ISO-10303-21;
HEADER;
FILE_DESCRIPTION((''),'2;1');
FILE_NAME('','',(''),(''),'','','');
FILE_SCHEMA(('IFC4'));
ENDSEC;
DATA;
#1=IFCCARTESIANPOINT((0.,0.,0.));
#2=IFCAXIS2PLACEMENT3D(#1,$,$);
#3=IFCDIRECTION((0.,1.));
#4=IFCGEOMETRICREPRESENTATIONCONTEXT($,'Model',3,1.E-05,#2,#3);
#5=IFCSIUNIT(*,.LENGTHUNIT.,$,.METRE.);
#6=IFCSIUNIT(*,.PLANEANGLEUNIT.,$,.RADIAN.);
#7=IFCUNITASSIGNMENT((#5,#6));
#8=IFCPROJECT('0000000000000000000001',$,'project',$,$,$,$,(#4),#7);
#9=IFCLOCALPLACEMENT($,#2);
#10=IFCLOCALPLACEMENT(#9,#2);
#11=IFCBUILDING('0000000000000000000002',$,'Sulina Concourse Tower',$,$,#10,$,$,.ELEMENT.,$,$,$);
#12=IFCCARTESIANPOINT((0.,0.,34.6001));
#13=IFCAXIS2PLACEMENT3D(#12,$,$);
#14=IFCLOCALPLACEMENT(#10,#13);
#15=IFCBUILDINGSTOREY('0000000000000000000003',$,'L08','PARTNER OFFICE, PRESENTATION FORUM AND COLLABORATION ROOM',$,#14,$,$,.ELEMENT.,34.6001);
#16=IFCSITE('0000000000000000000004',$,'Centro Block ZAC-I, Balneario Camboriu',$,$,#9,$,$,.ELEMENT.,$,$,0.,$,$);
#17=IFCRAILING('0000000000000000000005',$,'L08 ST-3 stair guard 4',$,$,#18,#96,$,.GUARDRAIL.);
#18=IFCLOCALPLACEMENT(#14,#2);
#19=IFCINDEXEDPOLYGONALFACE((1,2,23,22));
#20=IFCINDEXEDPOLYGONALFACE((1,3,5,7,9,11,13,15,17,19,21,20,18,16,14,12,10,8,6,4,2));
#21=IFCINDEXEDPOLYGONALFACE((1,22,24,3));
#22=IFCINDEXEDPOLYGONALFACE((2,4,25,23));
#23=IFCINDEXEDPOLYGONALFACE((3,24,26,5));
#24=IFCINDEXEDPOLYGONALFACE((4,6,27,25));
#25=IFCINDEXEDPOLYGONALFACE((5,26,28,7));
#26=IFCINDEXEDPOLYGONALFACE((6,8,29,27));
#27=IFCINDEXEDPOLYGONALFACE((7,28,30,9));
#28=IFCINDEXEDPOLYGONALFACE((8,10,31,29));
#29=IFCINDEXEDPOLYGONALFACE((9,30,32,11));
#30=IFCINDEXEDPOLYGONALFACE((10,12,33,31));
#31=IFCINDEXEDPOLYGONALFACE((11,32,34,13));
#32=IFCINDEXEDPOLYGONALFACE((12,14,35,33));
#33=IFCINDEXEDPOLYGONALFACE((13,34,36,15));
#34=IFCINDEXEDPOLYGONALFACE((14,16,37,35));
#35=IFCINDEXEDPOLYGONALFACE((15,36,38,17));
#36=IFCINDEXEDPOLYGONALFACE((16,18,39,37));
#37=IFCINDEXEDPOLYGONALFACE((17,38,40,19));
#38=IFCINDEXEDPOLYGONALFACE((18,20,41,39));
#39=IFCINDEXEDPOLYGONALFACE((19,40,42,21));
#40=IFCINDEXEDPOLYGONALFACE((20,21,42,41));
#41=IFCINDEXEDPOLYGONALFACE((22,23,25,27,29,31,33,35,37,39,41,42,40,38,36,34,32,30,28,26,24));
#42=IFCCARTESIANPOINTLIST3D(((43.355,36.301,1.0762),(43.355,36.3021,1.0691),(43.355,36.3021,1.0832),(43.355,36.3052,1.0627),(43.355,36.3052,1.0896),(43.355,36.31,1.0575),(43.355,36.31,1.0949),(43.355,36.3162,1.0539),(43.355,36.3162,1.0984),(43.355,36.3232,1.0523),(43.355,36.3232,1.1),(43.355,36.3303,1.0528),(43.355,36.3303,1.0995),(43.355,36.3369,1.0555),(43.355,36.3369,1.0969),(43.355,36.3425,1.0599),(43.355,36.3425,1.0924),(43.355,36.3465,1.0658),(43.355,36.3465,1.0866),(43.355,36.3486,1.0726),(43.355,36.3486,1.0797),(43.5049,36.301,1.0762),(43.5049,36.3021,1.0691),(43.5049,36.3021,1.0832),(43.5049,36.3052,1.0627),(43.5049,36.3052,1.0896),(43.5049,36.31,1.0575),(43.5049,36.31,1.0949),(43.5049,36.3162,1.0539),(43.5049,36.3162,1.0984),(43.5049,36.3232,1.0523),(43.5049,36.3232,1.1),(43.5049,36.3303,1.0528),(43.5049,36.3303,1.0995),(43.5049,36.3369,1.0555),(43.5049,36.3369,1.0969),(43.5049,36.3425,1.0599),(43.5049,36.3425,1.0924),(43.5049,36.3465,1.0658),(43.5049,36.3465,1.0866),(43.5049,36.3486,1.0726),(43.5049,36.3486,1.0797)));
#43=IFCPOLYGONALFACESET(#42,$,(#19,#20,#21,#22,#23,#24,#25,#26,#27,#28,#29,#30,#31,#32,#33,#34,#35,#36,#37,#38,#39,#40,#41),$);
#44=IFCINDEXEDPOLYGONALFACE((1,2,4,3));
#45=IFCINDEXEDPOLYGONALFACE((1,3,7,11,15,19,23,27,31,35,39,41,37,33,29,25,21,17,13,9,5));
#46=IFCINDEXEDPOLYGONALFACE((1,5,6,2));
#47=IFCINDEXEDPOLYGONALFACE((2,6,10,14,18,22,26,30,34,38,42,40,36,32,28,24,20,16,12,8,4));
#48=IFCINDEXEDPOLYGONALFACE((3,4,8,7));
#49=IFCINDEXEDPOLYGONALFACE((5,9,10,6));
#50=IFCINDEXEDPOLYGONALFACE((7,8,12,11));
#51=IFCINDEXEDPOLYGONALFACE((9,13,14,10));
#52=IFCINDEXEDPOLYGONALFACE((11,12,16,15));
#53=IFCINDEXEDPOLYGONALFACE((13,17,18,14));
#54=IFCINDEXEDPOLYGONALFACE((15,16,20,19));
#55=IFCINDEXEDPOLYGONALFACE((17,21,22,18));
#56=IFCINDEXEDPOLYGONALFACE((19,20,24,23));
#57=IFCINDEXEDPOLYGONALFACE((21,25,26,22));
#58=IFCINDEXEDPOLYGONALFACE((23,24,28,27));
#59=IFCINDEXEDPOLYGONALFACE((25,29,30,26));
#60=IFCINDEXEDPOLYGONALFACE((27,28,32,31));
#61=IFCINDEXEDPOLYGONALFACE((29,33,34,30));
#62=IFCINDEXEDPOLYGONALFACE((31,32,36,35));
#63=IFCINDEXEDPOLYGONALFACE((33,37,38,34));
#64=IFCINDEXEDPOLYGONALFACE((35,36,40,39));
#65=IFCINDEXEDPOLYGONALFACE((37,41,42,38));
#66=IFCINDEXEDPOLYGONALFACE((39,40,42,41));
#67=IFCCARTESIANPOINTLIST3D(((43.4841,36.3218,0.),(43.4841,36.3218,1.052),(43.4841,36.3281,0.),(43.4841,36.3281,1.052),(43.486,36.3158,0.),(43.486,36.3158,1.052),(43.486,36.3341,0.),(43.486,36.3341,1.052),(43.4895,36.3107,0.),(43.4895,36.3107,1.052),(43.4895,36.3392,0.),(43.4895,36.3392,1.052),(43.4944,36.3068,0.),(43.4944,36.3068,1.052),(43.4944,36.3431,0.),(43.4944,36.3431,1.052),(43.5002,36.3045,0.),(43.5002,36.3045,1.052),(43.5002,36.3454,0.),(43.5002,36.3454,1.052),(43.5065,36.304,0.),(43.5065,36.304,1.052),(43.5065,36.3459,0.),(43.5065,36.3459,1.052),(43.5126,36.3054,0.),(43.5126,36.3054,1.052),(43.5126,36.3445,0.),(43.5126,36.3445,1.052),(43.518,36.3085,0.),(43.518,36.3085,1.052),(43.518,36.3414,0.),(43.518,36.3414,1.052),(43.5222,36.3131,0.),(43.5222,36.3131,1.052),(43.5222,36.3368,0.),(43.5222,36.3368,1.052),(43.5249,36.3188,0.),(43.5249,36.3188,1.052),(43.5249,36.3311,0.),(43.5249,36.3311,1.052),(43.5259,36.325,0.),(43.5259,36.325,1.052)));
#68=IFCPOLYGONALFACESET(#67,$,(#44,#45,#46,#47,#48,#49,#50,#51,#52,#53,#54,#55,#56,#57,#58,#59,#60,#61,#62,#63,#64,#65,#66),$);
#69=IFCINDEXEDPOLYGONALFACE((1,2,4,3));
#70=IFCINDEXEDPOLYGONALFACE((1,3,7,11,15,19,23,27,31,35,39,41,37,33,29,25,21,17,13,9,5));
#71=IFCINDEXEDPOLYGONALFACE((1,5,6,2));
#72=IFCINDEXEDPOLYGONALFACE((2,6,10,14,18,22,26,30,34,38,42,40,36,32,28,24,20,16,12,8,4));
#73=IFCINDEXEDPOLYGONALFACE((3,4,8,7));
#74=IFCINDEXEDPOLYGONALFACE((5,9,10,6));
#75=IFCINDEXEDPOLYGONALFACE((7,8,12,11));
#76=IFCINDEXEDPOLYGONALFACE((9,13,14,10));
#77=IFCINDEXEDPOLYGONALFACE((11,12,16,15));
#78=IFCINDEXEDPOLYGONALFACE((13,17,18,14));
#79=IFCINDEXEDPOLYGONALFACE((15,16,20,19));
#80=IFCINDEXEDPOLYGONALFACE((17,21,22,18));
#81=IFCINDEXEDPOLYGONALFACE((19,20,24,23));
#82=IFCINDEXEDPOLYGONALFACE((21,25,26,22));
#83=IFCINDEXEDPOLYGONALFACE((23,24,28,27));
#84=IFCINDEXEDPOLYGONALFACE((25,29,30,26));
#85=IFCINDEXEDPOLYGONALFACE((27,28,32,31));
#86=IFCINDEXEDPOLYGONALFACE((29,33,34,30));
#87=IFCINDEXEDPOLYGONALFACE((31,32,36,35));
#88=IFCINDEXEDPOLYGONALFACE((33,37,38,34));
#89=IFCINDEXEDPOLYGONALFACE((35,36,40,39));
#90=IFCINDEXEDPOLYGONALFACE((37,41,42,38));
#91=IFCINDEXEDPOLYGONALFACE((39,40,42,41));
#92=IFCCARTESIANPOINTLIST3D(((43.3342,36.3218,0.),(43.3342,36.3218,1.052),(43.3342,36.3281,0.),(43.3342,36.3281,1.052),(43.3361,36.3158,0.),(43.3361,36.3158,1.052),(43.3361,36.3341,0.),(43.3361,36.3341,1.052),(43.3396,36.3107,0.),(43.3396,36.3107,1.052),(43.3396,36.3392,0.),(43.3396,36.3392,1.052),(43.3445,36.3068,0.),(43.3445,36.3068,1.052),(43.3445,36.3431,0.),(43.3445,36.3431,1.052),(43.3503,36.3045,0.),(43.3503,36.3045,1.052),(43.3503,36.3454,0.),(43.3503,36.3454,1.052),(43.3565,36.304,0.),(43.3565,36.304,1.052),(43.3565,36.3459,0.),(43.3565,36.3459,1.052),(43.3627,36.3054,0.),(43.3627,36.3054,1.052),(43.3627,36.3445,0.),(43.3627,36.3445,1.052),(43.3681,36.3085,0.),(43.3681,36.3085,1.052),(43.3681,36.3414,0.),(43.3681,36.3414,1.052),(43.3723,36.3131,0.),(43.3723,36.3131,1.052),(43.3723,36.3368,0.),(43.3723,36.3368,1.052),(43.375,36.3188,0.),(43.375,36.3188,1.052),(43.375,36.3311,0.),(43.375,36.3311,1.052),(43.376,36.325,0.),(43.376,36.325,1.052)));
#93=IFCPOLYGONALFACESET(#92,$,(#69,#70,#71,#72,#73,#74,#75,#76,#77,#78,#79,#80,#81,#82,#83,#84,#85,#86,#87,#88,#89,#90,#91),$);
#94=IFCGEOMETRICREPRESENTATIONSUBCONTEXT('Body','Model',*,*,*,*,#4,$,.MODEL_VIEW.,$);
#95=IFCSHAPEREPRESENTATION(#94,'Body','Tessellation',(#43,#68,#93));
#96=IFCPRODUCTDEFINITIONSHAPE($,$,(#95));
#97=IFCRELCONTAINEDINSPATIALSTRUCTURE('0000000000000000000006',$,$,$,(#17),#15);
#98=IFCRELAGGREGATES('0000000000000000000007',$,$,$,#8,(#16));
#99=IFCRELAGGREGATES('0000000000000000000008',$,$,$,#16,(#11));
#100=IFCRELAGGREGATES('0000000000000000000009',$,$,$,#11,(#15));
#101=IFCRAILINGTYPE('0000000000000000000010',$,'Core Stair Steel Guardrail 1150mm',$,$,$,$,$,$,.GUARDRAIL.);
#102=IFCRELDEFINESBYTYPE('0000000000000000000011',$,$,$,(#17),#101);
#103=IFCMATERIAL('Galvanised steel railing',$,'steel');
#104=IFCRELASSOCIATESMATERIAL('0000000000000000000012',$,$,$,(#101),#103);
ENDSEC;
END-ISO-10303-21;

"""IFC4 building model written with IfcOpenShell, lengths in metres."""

from ifc_helpers import new_model, si_unit, direction, frame, origin, origin_2d, place, context, subcontext, project, spatial, circle, extrude, material, type_object, element, save


model = new_model("IFC4")

# Units and contexts
model_context = context("Model", 3, precision=1e-05, world=origin(), true_north=direction((0.0, 1.0)))
body_context = subcontext(model_context, "Body", "Model", "MODEL_VIEW")
ifc_project = project(units=[si_unit("LENGTHUNIT", "METRE"), si_unit("PLANEANGLEUNIT", "RADIAN")], contexts=[model_context])

# Site, building, storey
site_placement = place(None, origin())
site = spatial("IfcSite", under=ifc_project, at=site_placement, Name="Centro Block ZAC-I, Balneario Camboriu", CompositionType="ELEMENT", RefElevation=0.0)
building_placement = place(site_placement, origin())
building = spatial("IfcBuilding", under=site, at=building_placement, Name="Sulina Concourse Tower", CompositionType="ELEMENT")
storey_placement = place(building_placement, frame((0.0, 0.0, 34.6001)))
storey = spatial("IfcBuildingStorey", under=building, at=storey_placement, Name="L08", Description="PARTNER OFFICE, PRESENTATION FORUM AND COLLABORATION ROOM", CompositionType="ELEMENT", Elevation=34.6001)

# Railing
ifc_material_1 = material(Name="Galvanised steel railing", Category="steel")
railing_type_1 = type_object("IfcRailingType", Name="Core Stair Steel Guardrail 1150mm", PredefinedType="GUARDRAIL", material=ifc_material_1)
railing_1_placement = place(storey_placement, frame((43.5049, 36.325, 0.0)))
element("IfcRailing", 1, at=railing_1_placement, inside=storey, type_object=railing_type_1, Name="L08 ST-3 stair guard 4", PredefinedType="GUARDRAIL", context=body_context, shape_type="SweptSolid", body=[
    extrude(circle(Radius=0.0239, at=origin_2d()), frame((0.0, 0.0, 1.0762), z_axis=(-1.0, 0.0, 0.0), x_axis=(0.0, -1.0, 0.0)), (0.0, 0.0, 1.0), 0.1499),
    extrude(circle(Radius=0.021, at=origin_2d()), origin(), (0.0, 0.0, 1.0), 1.052),
    extrude(circle(Radius=0.021, at=origin_2d()), frame((-0.1499, 0.0, 0.0)), (0.0, 0.0, 1.0), 1.052),
])

save(model, "model.ifc")
